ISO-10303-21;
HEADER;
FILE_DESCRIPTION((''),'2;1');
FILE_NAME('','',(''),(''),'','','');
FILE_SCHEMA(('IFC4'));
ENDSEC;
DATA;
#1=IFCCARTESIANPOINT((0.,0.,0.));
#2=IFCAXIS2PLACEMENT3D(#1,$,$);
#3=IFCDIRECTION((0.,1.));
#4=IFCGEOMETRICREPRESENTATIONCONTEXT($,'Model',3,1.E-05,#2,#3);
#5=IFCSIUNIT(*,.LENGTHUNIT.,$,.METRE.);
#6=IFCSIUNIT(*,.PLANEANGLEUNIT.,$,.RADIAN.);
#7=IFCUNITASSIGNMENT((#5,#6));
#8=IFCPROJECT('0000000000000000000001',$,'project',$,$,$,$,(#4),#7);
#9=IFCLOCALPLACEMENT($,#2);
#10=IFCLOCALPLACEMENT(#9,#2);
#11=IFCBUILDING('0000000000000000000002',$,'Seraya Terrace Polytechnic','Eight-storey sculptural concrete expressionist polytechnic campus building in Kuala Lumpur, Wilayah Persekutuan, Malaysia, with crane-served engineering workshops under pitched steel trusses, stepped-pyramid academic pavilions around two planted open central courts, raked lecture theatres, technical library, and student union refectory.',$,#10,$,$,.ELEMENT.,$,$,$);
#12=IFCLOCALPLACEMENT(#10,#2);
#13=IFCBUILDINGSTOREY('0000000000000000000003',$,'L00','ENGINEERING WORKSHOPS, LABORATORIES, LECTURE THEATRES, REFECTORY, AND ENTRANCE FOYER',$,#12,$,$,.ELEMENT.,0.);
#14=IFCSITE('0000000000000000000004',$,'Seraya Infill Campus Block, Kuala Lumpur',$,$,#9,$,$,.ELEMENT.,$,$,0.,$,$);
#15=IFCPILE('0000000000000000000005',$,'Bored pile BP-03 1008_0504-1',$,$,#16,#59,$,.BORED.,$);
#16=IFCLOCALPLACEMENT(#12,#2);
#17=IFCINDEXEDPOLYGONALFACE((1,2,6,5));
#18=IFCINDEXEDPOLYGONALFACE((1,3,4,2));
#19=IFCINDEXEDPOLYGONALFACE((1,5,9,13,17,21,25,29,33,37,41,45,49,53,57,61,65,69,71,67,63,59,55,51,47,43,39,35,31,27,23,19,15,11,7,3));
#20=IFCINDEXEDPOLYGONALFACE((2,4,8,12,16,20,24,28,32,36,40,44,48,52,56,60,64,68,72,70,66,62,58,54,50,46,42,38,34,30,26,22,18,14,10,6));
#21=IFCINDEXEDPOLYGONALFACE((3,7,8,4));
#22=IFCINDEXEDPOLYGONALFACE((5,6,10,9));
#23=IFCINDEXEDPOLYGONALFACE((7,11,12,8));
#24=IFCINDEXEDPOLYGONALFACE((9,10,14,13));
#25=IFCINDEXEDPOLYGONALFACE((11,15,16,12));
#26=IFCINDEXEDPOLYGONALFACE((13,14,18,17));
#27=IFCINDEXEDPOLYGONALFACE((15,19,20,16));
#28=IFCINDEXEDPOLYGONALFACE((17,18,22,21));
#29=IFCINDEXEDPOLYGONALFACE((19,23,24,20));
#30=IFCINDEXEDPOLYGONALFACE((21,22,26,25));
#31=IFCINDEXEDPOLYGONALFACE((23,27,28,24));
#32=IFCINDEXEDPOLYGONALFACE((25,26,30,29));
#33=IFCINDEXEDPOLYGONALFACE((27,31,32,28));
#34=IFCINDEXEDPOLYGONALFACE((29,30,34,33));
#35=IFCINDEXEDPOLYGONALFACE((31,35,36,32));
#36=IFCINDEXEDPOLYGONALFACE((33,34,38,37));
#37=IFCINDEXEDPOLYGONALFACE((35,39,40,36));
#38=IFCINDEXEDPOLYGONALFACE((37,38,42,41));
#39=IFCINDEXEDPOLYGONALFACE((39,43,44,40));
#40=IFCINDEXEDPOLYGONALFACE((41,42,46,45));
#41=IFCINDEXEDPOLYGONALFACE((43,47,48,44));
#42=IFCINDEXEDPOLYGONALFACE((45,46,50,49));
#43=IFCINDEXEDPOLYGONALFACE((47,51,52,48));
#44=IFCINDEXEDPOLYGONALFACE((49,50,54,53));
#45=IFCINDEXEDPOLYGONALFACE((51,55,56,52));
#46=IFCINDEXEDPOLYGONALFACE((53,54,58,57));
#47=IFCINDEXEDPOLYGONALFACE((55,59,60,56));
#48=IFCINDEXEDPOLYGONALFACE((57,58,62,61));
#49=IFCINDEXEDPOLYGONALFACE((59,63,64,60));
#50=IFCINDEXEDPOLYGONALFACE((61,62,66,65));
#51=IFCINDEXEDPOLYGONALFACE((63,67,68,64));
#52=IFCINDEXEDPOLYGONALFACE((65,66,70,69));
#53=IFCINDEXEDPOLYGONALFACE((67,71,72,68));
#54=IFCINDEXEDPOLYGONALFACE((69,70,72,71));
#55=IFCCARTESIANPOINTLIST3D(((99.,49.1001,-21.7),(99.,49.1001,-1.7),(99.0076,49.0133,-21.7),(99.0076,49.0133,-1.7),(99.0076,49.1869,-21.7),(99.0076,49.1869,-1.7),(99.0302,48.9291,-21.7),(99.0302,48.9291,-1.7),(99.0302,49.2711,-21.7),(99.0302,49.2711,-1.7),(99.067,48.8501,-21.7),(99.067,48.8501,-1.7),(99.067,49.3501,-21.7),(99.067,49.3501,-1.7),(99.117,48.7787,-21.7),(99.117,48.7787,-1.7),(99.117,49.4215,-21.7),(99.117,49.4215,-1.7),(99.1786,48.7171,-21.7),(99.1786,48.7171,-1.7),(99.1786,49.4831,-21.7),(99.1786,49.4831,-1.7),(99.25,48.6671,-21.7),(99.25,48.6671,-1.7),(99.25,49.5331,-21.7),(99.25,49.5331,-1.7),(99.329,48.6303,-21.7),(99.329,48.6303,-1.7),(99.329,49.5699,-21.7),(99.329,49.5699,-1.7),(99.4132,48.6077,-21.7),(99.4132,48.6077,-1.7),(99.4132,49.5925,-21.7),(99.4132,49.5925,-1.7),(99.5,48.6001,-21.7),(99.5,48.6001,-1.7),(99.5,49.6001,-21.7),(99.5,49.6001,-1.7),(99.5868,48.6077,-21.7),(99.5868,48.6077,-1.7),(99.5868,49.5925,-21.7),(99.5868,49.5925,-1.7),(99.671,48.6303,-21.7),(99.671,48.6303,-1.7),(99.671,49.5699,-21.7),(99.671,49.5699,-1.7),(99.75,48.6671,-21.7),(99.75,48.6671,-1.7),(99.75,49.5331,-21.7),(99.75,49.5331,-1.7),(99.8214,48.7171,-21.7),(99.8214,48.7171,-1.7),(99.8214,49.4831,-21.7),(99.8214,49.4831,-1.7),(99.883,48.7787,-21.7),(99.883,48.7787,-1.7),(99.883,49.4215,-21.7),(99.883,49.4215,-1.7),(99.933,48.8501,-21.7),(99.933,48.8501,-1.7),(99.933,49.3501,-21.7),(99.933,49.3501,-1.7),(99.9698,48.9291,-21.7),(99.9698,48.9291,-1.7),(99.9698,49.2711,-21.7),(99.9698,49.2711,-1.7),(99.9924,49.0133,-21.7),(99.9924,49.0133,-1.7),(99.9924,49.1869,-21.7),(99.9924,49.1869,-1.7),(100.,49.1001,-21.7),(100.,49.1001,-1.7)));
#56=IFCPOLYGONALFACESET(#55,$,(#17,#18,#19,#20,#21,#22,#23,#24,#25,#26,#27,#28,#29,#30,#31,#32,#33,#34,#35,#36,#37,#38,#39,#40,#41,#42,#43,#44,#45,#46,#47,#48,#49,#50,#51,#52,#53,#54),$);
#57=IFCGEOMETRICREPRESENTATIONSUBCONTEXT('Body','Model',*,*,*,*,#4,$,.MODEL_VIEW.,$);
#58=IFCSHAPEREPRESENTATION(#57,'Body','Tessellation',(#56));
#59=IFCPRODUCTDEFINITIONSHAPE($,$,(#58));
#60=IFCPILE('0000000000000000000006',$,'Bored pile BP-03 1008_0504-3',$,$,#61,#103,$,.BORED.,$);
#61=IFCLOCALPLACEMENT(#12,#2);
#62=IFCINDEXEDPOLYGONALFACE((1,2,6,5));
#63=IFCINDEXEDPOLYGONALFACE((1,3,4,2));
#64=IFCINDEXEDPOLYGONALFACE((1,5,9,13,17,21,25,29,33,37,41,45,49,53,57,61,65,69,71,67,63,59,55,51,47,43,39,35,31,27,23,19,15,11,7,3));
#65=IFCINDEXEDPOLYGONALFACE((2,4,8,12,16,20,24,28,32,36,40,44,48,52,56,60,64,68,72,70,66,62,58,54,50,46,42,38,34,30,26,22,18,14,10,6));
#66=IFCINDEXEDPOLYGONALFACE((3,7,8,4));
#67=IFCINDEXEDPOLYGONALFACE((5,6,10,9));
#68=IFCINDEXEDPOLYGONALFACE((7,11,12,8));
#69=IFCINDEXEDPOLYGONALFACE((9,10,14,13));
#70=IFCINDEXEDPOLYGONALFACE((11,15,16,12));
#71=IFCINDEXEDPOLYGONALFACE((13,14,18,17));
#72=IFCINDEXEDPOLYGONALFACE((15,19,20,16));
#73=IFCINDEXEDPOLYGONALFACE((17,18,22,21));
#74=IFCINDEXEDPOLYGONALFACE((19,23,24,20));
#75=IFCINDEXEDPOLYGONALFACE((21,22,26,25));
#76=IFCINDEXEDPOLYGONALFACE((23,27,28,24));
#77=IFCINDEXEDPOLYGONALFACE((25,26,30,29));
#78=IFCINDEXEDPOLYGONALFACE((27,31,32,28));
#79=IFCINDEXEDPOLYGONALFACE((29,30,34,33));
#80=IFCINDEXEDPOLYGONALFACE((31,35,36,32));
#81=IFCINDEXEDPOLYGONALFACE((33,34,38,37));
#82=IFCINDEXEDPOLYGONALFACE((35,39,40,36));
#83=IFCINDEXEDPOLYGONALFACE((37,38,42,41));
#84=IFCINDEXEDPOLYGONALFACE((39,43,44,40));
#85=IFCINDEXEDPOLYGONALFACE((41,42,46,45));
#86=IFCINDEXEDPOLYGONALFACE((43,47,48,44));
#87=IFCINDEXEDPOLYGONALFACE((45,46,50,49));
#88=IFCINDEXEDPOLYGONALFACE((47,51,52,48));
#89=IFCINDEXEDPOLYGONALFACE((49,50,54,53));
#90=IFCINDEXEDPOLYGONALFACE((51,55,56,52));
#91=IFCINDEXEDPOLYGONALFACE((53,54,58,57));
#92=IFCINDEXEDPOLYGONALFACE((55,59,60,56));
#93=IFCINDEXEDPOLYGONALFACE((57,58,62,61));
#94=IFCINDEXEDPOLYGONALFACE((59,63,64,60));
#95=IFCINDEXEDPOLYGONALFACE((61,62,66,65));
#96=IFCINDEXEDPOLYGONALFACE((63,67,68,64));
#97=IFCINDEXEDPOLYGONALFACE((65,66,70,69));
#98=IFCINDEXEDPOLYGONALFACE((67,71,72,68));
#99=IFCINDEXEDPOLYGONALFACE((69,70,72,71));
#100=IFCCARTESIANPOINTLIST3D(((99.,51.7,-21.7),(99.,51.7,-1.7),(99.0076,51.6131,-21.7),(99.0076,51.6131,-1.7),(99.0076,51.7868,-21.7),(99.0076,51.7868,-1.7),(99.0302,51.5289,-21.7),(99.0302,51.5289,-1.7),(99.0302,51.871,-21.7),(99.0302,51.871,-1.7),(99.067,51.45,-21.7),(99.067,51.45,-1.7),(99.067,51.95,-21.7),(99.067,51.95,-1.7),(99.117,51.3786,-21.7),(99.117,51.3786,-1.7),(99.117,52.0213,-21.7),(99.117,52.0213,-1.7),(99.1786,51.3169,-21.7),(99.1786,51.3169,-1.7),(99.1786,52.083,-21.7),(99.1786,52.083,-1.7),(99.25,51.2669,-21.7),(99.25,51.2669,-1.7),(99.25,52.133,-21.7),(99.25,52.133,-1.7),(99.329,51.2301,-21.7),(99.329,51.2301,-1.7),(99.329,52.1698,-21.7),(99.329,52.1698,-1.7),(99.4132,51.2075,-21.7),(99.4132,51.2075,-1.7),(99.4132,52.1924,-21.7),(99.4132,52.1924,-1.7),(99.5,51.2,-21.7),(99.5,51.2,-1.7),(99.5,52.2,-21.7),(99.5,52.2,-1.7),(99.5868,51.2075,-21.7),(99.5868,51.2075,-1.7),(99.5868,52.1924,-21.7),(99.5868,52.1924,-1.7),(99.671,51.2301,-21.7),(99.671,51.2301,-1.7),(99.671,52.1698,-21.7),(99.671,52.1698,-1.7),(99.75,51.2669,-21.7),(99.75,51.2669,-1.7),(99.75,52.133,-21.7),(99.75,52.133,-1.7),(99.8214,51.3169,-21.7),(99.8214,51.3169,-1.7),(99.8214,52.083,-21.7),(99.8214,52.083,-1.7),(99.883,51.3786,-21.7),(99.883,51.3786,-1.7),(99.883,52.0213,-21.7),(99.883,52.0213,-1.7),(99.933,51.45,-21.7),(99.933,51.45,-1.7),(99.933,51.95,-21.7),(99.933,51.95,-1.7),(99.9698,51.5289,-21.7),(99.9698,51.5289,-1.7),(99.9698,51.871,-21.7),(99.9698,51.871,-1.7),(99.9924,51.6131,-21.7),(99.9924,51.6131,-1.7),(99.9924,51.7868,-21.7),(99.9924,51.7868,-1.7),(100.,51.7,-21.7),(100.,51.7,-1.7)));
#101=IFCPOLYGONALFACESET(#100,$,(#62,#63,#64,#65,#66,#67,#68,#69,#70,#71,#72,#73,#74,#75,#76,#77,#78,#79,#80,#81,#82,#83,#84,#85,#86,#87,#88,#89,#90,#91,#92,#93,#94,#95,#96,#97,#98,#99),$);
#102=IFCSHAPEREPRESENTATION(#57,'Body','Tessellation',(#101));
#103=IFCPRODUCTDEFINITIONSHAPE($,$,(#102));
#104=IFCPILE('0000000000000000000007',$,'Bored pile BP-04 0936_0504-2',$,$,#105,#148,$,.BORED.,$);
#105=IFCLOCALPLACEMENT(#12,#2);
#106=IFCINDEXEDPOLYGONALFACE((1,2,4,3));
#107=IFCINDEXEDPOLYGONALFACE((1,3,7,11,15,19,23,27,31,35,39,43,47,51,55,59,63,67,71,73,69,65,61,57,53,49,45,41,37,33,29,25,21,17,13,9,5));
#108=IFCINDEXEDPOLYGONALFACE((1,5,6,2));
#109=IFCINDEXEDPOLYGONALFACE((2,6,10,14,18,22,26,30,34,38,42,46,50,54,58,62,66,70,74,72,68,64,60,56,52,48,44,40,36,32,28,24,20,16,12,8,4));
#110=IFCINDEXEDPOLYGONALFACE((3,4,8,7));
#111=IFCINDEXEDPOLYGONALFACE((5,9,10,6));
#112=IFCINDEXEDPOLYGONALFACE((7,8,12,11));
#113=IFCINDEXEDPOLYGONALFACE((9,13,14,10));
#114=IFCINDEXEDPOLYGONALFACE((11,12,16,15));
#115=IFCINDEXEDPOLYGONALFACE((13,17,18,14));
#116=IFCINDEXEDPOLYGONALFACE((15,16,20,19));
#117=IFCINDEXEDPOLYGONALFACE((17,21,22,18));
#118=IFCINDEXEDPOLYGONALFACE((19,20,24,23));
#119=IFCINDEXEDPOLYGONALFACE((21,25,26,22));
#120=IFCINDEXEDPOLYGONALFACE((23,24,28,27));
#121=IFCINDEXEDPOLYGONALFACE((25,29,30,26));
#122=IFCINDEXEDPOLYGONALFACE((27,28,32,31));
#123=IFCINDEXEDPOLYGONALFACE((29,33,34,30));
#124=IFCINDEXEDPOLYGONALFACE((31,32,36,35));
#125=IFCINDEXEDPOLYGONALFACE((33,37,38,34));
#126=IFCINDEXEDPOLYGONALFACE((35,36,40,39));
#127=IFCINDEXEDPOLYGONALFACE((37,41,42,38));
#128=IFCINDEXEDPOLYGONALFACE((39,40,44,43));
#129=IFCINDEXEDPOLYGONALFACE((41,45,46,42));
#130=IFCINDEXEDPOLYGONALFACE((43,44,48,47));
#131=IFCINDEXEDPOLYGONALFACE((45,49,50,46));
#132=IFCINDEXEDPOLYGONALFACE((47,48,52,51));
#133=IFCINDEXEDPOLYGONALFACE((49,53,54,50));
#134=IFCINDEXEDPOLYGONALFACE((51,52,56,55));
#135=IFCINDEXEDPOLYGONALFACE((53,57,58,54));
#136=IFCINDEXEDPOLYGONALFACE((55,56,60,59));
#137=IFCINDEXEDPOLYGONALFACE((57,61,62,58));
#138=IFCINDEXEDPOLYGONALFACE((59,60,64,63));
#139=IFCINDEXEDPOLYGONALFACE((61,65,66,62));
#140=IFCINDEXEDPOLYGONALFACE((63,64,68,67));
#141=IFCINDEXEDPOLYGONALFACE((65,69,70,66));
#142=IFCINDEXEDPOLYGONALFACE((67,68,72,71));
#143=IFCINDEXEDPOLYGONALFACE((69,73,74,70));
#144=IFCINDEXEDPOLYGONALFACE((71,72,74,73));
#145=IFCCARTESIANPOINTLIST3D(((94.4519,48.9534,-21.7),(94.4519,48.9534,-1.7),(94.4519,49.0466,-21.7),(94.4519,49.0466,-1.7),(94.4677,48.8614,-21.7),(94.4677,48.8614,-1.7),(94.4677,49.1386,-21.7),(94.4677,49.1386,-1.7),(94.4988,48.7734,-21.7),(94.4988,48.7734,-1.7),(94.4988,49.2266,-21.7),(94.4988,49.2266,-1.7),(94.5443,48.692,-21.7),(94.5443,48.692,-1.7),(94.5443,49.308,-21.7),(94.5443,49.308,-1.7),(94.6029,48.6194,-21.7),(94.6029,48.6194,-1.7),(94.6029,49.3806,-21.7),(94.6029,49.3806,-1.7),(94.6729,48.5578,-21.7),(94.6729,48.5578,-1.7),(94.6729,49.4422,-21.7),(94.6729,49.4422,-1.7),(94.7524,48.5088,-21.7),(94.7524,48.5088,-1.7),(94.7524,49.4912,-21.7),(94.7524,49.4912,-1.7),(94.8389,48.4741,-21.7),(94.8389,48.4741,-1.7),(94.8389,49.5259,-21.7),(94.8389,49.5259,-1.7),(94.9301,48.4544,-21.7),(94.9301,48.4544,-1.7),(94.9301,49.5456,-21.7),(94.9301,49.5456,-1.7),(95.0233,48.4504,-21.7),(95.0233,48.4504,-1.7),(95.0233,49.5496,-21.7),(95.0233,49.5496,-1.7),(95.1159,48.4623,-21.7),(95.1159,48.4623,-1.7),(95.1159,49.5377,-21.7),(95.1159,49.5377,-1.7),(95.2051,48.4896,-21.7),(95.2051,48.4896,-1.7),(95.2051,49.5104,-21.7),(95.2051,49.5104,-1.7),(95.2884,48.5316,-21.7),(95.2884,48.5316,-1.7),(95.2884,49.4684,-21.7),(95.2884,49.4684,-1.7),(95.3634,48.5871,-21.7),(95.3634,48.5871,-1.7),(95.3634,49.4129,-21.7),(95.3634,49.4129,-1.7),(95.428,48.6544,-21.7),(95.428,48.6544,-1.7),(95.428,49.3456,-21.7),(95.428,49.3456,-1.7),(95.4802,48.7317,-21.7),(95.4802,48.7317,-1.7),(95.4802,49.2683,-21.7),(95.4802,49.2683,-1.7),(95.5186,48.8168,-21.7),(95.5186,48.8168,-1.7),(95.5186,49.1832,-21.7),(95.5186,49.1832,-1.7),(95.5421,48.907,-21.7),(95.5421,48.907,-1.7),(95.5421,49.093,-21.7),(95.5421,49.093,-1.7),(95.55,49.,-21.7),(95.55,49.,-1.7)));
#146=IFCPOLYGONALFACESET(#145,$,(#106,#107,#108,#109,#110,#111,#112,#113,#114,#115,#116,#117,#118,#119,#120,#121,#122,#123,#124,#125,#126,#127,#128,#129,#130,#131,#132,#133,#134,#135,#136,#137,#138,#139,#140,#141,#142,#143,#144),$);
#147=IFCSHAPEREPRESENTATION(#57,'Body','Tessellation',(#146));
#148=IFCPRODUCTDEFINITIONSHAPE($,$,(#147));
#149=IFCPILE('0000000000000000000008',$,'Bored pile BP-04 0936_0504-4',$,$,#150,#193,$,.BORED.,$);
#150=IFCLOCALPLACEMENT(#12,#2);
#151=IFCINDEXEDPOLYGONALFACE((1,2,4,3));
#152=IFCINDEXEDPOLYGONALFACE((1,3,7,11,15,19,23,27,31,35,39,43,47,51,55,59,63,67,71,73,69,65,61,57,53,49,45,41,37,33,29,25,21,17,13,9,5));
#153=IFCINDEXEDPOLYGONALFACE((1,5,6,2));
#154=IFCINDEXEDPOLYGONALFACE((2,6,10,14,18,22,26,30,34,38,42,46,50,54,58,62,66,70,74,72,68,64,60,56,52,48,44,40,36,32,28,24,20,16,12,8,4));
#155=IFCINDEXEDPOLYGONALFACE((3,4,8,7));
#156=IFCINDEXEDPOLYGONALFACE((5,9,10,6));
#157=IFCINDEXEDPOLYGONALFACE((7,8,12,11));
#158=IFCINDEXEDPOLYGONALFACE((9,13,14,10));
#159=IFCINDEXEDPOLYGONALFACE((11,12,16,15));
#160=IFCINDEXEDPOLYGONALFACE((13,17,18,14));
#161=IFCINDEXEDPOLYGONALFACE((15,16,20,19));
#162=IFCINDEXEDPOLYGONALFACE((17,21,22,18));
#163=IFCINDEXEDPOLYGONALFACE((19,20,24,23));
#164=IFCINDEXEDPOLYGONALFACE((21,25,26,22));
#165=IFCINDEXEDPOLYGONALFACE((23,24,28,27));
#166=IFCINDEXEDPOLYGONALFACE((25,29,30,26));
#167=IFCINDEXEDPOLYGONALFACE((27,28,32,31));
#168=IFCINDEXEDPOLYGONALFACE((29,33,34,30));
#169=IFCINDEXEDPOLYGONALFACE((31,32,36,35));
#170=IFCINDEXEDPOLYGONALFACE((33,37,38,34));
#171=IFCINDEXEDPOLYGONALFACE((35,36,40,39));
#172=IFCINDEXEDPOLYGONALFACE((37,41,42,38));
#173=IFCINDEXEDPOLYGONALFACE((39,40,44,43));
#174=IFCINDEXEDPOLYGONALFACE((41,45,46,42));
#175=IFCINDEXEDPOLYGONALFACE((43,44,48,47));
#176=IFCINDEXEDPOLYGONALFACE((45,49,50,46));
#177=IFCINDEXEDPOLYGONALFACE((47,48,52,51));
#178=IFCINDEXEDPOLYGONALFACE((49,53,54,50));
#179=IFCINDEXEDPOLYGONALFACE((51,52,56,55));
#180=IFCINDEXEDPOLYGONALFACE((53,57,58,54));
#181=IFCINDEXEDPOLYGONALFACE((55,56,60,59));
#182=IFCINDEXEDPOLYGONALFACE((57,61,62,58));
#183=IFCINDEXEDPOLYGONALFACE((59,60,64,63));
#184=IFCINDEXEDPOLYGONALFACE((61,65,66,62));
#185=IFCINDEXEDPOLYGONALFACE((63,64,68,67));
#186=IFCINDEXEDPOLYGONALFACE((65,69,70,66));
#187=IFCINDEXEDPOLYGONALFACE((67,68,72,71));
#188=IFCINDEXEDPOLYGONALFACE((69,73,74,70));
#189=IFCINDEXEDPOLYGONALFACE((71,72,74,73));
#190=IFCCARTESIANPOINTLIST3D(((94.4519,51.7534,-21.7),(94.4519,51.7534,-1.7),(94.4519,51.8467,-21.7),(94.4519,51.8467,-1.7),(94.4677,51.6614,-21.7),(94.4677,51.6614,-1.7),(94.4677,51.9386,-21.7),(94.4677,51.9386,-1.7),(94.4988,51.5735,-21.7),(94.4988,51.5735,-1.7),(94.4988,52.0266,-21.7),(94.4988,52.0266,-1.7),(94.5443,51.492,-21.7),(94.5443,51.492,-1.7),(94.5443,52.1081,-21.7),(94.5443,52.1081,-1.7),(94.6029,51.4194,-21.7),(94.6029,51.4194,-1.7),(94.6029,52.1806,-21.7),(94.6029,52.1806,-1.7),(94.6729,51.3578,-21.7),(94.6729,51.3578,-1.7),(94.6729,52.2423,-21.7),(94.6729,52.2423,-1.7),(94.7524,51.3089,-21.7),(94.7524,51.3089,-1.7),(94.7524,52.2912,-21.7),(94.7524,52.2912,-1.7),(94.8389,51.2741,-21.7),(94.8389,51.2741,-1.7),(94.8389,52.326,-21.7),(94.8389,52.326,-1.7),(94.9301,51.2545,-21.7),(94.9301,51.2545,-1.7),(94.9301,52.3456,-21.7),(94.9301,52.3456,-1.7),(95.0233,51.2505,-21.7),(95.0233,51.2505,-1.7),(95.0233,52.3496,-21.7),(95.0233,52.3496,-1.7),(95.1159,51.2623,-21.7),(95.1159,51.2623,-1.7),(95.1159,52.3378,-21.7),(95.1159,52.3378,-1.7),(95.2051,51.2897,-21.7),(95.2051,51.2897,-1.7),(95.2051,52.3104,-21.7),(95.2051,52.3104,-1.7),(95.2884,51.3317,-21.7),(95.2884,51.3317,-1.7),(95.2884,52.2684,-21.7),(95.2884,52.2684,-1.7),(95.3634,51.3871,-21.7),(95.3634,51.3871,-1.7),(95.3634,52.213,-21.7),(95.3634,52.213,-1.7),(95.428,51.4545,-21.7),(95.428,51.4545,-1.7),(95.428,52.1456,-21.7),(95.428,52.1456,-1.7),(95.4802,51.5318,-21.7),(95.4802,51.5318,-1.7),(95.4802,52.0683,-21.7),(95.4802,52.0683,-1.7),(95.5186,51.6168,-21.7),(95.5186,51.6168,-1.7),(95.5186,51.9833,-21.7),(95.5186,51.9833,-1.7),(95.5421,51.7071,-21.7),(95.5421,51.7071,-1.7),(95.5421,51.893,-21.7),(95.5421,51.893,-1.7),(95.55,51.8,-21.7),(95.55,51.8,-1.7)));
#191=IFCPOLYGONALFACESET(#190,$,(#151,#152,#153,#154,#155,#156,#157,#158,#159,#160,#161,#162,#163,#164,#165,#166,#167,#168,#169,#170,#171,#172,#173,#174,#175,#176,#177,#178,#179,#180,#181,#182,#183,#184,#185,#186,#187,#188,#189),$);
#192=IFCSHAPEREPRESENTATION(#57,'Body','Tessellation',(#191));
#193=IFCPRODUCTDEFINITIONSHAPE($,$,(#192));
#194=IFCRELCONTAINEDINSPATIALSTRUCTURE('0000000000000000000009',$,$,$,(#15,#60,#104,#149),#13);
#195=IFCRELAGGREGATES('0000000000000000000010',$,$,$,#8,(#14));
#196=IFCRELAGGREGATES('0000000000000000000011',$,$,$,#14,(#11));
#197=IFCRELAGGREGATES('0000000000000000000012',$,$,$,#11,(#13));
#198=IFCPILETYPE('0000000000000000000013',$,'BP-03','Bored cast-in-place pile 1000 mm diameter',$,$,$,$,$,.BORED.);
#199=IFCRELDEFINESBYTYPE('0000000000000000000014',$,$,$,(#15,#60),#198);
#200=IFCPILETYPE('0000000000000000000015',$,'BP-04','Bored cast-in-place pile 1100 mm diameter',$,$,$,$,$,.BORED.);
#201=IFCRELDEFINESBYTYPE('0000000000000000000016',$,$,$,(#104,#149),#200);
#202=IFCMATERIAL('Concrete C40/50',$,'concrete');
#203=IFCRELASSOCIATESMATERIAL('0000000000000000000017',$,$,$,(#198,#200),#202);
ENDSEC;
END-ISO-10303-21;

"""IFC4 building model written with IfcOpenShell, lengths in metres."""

from ifc_helpers import new_model, si_unit, direction, frame, origin, origin_2d, place, context, subcontext, project, spatial, circle, extrude, material, material_profile, profile_set, type_object, element, save


model = new_model("IFC4")

# Units and contexts
model_context = context("Model", 3, precision=1e-05, world=origin(), true_north=direction((0.0, 1.0)))
body_context = subcontext(model_context, "Body", "Model", "MODEL_VIEW")
ifc_project = project(units=[si_unit("LENGTHUNIT", "METRE"), si_unit("PLANEANGLEUNIT", "RADIAN")], contexts=[model_context])

# Site, building, storey
site_placement = place(None, origin())
site = spatial("IfcSite", under=ifc_project, at=site_placement, Name="Seraya Infill Campus Block, Kuala Lumpur", CompositionType="ELEMENT", RefElevation=0.0)
building_placement = place(site_placement, origin())
building = spatial("IfcBuilding", under=site, at=building_placement, Name="Seraya Terrace Polytechnic", Description="Eight-storey sculptural concrete expressionist polytechnic campus building in Kuala Lumpur, Wilayah Persekutuan, Malaysia, with crane-served engineering workshops under pitched steel trusses, stepped-pyramid academic pavilions around two planted open central courts, raked lecture theatres, technical library, and student union refectory.", CompositionType="ELEMENT")
storey_placement = place(building_placement, origin())
storey = spatial("IfcBuildingStorey", under=building, at=storey_placement, Name="L00", Description="ENGINEERING WORKSHOPS, LABORATORIES, LECTURE THEATRES, REFECTORY, AND ENTRANCE FOYER", CompositionType="ELEMENT", Elevation=0.0)

# Piles
ifc_material_1 = material(Name="Concrete C40/50", Category="concrete")
ifc_material_profile_1 = material_profile(ifc_material_1, circle(Radius=0.5, at=origin_2d()), Name="DIA 1000")
ifc_profile_set_1 = profile_set([ifc_material_profile_1], Name="Concrete C40/50")
pile_type_1 = type_object("IfcPileType", Name="BP-03", Description="Bored cast-in-place pile 1000 mm diameter", PredefinedType="BORED", material=ifc_profile_set_1)
for number, where, z_axis, x_axis, name in (
    (1, (99.5, 49.1001, -1.7), (0.0, 0.0, -1.0), (1.0, 0.0, 0.0), "Bored pile BP-03 1008_0504-1"),
    (2, (99.5, 51.7, -1.7), (0.0, 0.0, -1.0), (1.0, 0.0, 0.0), "Bored pile BP-03 1008_0504-3"),
):
    element("IfcPile", number, at=place(storey_placement, frame(where, z_axis=z_axis, x_axis=x_axis)), inside=storey, type_object=pile_type_1, Name=name, PredefinedType="BORED", context=body_context, shape_type="SweptSolid", body=[
        extrude(circle(Radius=0.5, at=origin_2d()), origin(), (0.0, 0.0, 1.0), 20.0),
    ])
ifc_material_profile_2 = material_profile(ifc_material_1, circle(Radius=0.55, at=origin_2d()), Name="DIA 1100")
ifc_profile_set_2 = profile_set([ifc_material_profile_2], Name="Concrete C40/50")
pile_type_2 = type_object("IfcPileType", Name="BP-04", Description="Bored cast-in-place pile 1100 mm diameter", PredefinedType="BORED", material=ifc_profile_set_2)
for number, where, z_axis, x_axis, name in (
    (3, (95.0, 49.0, -1.7), (0.0, 0.0, -1.0), (1.0, 0.0, 0.0), "Bored pile BP-04 0936_0504-2"),
    (4, (95.0, 51.8, -1.7), (0.0, 0.0, -1.0), (1.0, 0.0, 0.0), "Bored pile BP-04 0936_0504-4"),
):
    element("IfcPile", number, at=place(storey_placement, frame(where, z_axis=z_axis, x_axis=x_axis)), inside=storey, type_object=pile_type_2, Name=name, PredefinedType="BORED", context=body_context, shape_type="SweptSolid", body=[
        extrude(circle(Radius=0.55, at=origin_2d()), origin(), (0.0, 0.0, 1.0), 20.0),
    ])

save(model, "model.ifc")
